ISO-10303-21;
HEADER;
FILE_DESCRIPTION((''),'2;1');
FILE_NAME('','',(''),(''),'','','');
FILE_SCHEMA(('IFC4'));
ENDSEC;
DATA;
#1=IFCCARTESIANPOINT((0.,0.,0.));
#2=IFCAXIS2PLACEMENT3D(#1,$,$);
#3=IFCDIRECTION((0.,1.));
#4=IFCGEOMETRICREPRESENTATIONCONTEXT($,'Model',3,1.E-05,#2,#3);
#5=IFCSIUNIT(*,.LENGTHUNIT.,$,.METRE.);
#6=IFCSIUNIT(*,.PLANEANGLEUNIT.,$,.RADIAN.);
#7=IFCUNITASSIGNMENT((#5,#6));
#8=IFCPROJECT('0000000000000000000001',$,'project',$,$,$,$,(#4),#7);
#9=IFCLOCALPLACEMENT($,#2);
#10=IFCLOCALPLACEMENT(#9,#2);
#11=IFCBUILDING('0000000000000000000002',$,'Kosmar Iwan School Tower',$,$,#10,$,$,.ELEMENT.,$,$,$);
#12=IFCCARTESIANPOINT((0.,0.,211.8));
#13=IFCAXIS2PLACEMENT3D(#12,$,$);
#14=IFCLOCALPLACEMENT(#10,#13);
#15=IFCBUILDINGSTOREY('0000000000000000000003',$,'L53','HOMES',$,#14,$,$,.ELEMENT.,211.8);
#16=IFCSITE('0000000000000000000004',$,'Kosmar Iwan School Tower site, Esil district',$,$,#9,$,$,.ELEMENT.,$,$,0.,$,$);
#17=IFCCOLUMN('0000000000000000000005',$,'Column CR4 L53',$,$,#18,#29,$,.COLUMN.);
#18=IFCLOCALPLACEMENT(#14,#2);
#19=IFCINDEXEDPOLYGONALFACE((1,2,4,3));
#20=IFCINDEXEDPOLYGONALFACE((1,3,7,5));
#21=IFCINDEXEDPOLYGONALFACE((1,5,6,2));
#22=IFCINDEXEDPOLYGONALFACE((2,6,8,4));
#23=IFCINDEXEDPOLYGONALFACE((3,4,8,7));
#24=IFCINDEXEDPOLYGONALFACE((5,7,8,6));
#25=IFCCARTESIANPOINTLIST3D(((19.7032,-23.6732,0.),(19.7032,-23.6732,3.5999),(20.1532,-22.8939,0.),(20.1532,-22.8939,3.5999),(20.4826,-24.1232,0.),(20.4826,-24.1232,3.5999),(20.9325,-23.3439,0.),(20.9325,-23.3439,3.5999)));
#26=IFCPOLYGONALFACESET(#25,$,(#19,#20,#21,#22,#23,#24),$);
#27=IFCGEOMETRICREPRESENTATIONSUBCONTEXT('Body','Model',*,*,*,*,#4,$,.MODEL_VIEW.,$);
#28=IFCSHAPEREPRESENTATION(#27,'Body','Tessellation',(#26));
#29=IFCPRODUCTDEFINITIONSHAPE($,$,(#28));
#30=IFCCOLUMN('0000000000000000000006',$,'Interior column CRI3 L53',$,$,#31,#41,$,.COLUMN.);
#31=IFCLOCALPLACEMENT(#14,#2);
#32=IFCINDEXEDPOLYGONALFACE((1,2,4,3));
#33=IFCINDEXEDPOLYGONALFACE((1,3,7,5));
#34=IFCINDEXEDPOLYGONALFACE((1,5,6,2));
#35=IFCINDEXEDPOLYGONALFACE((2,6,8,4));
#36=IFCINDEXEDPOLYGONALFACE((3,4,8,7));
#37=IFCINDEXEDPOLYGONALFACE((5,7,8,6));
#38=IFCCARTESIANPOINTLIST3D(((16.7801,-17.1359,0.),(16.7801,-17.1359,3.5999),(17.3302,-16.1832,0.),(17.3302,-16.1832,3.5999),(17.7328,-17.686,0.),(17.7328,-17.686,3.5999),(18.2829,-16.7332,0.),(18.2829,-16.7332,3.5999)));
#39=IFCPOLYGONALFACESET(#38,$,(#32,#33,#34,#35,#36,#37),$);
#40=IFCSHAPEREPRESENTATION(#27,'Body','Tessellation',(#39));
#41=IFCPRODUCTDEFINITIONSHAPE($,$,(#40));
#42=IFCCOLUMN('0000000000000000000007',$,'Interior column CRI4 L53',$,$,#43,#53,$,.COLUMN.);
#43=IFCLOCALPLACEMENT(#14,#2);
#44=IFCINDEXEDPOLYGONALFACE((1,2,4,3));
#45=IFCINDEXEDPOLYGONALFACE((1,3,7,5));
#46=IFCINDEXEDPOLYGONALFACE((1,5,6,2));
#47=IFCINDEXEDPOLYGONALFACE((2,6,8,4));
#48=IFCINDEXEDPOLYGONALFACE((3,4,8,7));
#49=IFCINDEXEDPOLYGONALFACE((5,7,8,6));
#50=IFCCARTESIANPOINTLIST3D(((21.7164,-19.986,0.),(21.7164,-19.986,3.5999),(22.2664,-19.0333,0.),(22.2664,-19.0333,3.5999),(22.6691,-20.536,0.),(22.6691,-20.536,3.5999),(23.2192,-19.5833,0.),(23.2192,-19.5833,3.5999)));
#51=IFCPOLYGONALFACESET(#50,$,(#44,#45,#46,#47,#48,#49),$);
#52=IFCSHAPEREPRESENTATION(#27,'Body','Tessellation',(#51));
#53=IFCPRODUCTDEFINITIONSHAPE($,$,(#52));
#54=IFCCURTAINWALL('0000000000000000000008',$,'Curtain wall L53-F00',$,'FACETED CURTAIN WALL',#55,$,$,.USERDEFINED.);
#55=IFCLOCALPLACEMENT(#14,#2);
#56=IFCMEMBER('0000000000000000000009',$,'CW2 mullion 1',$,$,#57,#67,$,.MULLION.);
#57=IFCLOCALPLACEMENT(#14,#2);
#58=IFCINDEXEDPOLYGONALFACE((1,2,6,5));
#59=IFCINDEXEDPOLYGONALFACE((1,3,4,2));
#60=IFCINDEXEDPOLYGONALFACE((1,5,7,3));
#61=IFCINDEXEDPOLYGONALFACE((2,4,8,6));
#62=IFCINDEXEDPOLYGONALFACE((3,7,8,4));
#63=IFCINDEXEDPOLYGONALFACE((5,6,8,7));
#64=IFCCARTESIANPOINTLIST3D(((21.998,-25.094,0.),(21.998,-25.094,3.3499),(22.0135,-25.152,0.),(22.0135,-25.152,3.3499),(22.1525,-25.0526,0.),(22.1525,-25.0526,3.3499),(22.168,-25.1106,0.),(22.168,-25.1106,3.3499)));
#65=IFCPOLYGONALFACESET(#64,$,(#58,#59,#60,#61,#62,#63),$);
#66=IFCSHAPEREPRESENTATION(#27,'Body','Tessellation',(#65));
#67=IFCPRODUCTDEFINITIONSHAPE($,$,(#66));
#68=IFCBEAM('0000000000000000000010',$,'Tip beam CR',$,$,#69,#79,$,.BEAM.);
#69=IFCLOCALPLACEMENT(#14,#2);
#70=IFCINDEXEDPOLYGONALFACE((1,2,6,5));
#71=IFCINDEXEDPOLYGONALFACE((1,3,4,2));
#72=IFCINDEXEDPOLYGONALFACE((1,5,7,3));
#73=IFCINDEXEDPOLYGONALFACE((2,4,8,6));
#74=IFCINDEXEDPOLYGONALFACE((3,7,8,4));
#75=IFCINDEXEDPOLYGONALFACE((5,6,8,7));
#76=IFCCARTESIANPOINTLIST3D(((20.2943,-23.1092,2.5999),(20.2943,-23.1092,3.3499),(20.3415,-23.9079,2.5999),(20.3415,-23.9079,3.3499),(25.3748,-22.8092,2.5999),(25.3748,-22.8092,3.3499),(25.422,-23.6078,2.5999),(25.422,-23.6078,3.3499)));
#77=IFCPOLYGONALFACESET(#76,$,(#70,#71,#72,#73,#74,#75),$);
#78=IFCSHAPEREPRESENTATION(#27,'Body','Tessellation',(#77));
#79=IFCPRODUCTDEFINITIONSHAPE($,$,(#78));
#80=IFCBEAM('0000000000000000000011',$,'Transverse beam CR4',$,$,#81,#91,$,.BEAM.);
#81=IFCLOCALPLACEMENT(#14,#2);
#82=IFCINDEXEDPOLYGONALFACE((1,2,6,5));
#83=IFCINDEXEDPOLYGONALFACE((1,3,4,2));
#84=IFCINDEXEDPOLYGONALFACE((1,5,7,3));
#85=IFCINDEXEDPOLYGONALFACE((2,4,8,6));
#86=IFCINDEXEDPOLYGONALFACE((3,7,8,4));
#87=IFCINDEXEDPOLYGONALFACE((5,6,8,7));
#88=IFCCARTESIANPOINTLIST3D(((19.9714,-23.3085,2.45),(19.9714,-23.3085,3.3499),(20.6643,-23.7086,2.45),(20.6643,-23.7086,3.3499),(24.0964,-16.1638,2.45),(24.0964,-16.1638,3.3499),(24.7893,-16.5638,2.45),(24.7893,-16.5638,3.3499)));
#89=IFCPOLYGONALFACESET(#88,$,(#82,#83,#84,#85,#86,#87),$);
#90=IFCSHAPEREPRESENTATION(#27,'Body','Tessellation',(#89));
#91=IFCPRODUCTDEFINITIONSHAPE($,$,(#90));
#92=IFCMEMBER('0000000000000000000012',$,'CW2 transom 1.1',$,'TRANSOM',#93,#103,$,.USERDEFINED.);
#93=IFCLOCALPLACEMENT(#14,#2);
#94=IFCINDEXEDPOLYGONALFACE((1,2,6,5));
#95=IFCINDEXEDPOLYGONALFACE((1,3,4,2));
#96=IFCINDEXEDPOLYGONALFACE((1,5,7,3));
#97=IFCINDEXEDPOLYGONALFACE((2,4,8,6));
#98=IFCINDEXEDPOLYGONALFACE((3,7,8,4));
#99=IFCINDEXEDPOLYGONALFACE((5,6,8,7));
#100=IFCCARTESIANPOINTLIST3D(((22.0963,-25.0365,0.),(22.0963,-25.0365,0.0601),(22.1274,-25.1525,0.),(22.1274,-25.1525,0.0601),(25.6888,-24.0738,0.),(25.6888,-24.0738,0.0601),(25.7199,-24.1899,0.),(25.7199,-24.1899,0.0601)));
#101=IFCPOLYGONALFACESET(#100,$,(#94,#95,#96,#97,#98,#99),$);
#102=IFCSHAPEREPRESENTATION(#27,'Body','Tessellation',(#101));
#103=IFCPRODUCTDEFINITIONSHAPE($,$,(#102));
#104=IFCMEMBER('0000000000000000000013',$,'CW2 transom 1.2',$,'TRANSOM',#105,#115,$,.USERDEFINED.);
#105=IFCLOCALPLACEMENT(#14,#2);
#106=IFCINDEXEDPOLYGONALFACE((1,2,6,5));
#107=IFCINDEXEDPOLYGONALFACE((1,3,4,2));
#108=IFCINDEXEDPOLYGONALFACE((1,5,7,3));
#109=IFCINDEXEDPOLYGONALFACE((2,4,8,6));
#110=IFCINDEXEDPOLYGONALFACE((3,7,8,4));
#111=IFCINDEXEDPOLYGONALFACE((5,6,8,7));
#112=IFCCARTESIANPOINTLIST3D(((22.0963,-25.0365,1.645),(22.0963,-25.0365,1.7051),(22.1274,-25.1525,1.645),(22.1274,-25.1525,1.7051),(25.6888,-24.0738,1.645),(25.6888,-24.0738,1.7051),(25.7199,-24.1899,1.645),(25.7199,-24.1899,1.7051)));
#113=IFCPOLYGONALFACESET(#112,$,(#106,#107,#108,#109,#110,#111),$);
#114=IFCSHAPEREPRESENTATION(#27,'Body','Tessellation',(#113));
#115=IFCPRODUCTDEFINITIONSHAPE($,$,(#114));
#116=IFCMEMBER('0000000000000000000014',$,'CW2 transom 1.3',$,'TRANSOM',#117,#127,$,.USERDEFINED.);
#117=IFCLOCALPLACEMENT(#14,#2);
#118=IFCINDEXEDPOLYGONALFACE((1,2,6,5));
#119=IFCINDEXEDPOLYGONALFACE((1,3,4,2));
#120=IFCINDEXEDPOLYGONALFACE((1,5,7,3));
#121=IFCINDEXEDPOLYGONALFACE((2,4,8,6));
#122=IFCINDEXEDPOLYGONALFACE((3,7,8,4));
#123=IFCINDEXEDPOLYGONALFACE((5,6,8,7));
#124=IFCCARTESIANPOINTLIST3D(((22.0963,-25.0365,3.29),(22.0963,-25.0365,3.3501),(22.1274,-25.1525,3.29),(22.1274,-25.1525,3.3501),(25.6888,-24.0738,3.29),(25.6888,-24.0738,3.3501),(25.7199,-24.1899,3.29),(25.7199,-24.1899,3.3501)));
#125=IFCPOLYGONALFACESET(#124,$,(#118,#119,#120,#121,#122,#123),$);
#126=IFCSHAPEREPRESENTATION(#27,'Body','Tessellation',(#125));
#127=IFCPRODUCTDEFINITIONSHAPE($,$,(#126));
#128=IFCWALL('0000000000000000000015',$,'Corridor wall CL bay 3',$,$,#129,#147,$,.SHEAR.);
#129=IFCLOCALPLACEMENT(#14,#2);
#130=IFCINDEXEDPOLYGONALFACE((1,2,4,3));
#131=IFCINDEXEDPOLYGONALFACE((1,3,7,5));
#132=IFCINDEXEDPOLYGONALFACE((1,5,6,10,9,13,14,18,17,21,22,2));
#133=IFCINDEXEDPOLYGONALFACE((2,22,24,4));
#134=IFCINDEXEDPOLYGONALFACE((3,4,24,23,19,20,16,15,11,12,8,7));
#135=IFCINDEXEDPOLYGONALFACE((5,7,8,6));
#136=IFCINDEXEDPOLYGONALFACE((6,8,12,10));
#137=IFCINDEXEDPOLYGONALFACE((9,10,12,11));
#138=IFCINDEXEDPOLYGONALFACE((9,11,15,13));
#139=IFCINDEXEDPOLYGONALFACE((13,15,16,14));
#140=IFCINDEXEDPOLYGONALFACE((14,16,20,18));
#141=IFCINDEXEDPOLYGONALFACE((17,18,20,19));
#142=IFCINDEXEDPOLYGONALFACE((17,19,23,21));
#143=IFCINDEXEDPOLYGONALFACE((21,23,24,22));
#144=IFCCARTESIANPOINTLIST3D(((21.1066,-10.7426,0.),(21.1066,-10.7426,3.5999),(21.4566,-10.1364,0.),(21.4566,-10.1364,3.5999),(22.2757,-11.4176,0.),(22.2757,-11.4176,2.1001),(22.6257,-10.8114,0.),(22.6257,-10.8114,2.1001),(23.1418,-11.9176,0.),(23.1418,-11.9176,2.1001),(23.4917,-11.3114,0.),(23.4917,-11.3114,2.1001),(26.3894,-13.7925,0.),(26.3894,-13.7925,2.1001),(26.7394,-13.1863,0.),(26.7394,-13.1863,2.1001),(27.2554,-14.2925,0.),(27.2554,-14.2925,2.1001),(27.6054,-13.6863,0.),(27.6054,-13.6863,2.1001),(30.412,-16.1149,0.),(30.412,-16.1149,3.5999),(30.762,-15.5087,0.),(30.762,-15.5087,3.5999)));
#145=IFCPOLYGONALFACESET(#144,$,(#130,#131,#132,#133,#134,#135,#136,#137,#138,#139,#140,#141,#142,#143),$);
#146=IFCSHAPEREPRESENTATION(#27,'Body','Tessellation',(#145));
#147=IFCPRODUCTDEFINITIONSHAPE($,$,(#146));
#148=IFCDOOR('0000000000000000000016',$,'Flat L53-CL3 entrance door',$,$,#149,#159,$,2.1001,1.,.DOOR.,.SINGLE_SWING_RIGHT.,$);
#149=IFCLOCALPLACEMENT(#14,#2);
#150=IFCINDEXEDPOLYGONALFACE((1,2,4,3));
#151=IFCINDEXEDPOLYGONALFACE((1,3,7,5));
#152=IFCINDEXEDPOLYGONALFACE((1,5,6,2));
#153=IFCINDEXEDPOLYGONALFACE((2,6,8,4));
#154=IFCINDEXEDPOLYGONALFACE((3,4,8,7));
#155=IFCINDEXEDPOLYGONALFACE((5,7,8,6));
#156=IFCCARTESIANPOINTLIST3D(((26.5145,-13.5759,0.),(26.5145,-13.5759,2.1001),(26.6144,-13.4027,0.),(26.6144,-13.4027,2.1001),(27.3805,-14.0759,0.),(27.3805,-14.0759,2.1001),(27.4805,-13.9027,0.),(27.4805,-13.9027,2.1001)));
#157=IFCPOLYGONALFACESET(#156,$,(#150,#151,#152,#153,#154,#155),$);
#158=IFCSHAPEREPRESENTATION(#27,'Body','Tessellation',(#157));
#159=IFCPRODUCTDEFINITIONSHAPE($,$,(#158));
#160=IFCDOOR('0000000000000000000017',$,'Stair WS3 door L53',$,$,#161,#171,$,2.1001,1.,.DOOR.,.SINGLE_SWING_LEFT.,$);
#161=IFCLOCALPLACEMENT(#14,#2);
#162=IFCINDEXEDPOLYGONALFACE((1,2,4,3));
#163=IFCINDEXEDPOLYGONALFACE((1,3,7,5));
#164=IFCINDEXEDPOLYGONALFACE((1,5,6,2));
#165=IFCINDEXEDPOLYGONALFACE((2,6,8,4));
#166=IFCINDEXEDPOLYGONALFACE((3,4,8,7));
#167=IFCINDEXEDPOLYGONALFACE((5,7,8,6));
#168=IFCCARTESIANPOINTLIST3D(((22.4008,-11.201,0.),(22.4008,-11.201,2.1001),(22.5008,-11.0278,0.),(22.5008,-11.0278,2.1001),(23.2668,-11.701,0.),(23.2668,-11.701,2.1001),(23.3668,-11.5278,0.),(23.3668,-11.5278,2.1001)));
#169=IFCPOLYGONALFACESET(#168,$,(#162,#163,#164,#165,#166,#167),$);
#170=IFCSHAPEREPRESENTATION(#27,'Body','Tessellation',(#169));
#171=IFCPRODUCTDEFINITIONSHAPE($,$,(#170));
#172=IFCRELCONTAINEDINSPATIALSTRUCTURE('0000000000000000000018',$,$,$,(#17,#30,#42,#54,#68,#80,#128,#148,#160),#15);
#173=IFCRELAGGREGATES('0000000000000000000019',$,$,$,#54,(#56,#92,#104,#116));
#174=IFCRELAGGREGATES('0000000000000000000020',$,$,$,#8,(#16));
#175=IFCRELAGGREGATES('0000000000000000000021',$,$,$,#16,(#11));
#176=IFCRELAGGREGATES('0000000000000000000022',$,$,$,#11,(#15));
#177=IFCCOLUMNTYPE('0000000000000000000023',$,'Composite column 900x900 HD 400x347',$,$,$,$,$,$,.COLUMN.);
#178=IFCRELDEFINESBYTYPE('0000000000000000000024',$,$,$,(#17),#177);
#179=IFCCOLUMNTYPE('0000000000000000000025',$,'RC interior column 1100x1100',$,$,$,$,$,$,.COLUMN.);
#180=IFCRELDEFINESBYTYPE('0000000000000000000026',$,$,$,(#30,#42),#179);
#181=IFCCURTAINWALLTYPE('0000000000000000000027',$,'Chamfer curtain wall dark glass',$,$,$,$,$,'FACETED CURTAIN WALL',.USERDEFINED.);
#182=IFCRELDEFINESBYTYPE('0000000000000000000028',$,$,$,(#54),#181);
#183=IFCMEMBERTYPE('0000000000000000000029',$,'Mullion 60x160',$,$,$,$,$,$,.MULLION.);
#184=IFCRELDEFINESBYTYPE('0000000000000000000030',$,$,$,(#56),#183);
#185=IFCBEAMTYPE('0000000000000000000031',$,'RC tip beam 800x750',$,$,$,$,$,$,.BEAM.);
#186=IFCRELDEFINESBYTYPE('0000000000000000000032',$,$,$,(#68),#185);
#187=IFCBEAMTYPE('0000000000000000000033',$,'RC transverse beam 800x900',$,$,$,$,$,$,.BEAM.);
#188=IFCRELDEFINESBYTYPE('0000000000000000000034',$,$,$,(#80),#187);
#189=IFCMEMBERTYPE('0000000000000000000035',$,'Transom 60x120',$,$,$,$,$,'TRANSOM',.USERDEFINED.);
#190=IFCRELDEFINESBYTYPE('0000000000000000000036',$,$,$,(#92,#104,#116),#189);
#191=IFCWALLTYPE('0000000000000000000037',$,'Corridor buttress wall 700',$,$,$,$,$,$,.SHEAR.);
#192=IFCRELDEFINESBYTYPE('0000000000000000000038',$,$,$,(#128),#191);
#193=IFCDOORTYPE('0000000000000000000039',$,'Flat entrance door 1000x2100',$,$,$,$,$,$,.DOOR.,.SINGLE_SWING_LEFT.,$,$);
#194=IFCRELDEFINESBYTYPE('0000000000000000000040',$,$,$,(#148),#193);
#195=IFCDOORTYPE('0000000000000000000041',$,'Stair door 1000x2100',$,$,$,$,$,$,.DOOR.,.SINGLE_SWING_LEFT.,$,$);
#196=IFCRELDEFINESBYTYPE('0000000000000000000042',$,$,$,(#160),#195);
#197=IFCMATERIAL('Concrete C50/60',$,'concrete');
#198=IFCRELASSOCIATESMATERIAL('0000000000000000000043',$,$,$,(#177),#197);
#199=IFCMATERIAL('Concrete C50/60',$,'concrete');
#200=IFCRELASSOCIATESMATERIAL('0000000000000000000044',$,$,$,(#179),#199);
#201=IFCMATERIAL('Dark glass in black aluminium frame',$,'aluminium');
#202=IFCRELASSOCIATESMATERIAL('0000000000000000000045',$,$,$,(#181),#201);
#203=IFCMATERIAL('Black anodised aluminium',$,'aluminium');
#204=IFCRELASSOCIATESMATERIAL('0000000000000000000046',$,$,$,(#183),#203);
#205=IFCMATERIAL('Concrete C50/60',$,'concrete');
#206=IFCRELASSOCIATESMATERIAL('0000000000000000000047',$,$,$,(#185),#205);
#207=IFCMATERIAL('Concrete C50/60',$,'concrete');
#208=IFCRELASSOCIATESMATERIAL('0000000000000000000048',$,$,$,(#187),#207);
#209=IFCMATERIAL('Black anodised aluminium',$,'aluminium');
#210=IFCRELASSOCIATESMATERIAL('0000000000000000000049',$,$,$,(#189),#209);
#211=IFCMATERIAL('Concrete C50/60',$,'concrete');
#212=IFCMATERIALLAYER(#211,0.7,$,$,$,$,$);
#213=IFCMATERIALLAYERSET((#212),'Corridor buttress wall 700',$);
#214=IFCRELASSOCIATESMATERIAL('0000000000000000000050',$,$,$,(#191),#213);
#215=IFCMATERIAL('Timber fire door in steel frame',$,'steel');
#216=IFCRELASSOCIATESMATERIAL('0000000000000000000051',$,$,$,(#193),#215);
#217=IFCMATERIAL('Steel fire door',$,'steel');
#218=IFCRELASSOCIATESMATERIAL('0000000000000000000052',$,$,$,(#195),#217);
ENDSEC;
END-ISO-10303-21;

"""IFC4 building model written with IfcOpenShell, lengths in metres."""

from ifc_helpers import new_model, si_unit, direction, frame, frame_2d, origin, origin_2d, place, context, subcontext, project, spatial, rectangle, extrude, material, layer, layer_set, material_profile, profile_set, type_object, element, fill, aggregate, save


model = new_model("IFC4")

# Units and contexts
model_context = context("Model", 3, precision=1e-05, world=origin(), true_north=direction((0.0, 1.0)))
body_context = subcontext(model_context, "Body", "Model", "MODEL_VIEW")
ifc_project = project(units=[si_unit("LENGTHUNIT", "METRE"), si_unit("PLANEANGLEUNIT", "RADIAN")], contexts=[model_context])

# Site, building, storey
site_placement = place(None, origin())
site = spatial("IfcSite", under=ifc_project, at=site_placement, Name="Kosmar Iwan School Tower site, Esil district", CompositionType="ELEMENT", RefElevation=0.0)
building_placement = place(site_placement, origin())
building = spatial("IfcBuilding", under=site, at=building_placement, Name="Kosmar Iwan School Tower", CompositionType="ELEMENT")
storey_placement = place(building_placement, frame((0.0, 0.0, 211.8)))
storey = spatial("IfcBuildingStorey", under=building, at=storey_placement, Name="L53", Description="HOMES", CompositionType="ELEMENT", Elevation=211.8)

# Columns
ifc_material_1 = material(Name="Concrete C50/60", Category="concrete")
ifc_material_profile_1 = material_profile(ifc_material_1, rectangle(XDim=0.8999, YDim=0.8999, at=origin_2d()), Name="RC 900x900 + HD 400x347")
ifc_profile_set_1 = profile_set([ifc_material_profile_1], Name="Concrete C50/60")
column_type_1 = type_object("IfcColumnType", Name="Composite column 900x900 HD 400x347", PredefinedType="COLUMN", material=ifc_profile_set_1)
column_placement = place(storey_placement, frame((20.3179, -23.5085, 0.0), z_axis=(0.0, 0.0, 1.0), x_axis=(0.866025, -0.5, 0.0)))
element("IfcColumn", 1, at=column_placement, inside=storey, type_object=column_type_1, Name="Column CR4 L53", PredefinedType="COLUMN", context=body_context, shape_type="SweptSolid", body=[
    extrude(rectangle(XDim=0.8999, YDim=0.8999, at=origin_2d()), origin(), (0.0, 0.0, 1.0), 3.5999),
])
ifc_material_2 = material(Name="Concrete C50/60", Category="concrete")
ifc_material_profile_2 = material_profile(ifc_material_2, rectangle(XDim=1.1001, YDim=1.1001, at=origin_2d()), Name="RC 1100x1100")
ifc_profile_set_2 = profile_set([ifc_material_profile_2], Name="Concrete C50/60")
column_type_2 = type_object("IfcColumnType", Name="RC interior column 1100x1100", PredefinedType="COLUMN", material=ifc_profile_set_2)
for number, where, z_axis, x_axis, name in (
    (2, (17.5315, -16.9346, 0.0), (0.0, 0.0, 1.0), (0.866025, -0.5, 0.0), "Interior column CRI3 L53"),
    (3, (22.4678, -19.7847, 0.0), (0.0, 0.0, 1.0), (0.866025, -0.5, 0.0), "Interior column CRI4 L53"),
):
    element("IfcColumn", number, at=place(storey_placement, frame(where, z_axis=z_axis, x_axis=x_axis)), inside=storey, type_object=column_type_2, Name=name, PredefinedType="COLUMN", context=body_context, shape_type="SweptSolid", body=[
        extrude(rectangle(XDim=1.1001, YDim=1.1001, at=origin_2d()), origin(), (0.0, 0.0, 1.0), 3.5999),
    ])

# Curtain wall, member
ifc_material_3 = material(Name="Dark glass in black aluminium frame", Category="aluminium")
curtain_wall_type = type_object("IfcCurtainWallType", Name="Chamfer curtain wall dark glass", ElementType="FACETED CURTAIN WALL", PredefinedType="USERDEFINED", material=ifc_material_3)
curtain_wall_placement = place(storey_placement, origin())
curtain_wall = element("IfcCurtainWall", 4, at=curtain_wall_placement, inside=storey, type_object=curtain_wall_type, Name="Curtain wall L53-F00", ObjectType="FACETED CURTAIN WALL", PredefinedType="USERDEFINED")
ifc_material_4 = material(Name="Black anodised aluminium", Category="aluminium")
ifc_material_profile_3 = material_profile(ifc_material_4, rectangle(XDim=0.0601, YDim=0.1599, at=origin_2d()), Name="MULLION 60x160")
ifc_profile_set_3 = profile_set([ifc_material_profile_3], Name="Black anodised aluminium")
member_type_1 = type_object("IfcMemberType", Name="Mullion 60x160", PredefinedType="MULLION", material=ifc_profile_set_3)
member_1_placement = place(storey_placement, frame((22.083, -25.1023, 0.0), z_axis=(0.0, 0.0, 1.0), x_axis=(-0.258819, 0.965926, 0.0)))
member_1 = element("IfcMember", 5, at=member_1_placement, type_object=member_type_1, Name="CW2 mullion 1", PredefinedType="MULLION", context=body_context, shape_type="SweptSolid", body=[
    extrude(rectangle(XDim=0.0601, YDim=0.1599, at=origin_2d()), origin(), (0.0, 0.0, 1.0), 3.3499),
])

# Beams
ifc_material_5 = material(Name="Concrete C50/60", Category="concrete")
ifc_material_profile_4 = material_profile(ifc_material_5, rectangle(XDim=0.8, YDim=0.75, at=origin_2d()), Name="RC 800x750")
ifc_profile_set_4 = profile_set([ifc_material_profile_4], Name="Concrete C50/60")
beam_type_1 = type_object("IfcBeamType", Name="RC tip beam 800x750", PredefinedType="BEAM", material=ifc_profile_set_4)
beam_1_placement = place(storey_placement, frame((20.3179, -23.5085, 2.9749), z_axis=(0.998261, 0.058955, 0.0), x_axis=(-0.058955, 0.998261, 0.0)))
element("IfcBeam", 6, at=beam_1_placement, inside=storey, type_object=beam_type_1, Name="Tip beam CR", PredefinedType="BEAM", context=body_context, shape_type="SweptSolid", body=[
    extrude(rectangle(XDim=0.8, YDim=0.75, at=origin_2d()), origin(), (0.0, 0.0, 1.0), 5.0894),
])
ifc_material_6 = material(Name="Concrete C50/60", Category="concrete")
ifc_material_profile_5 = material_profile(ifc_material_6, rectangle(XDim=0.8, YDim=0.8999, at=origin_2d()), Name="RC 800x900")
ifc_profile_set_5 = profile_set([ifc_material_profile_5], Name="Concrete C50/60")
beam_type_2 = type_object("IfcBeamType", Name="RC transverse beam 800x900", PredefinedType="BEAM", material=ifc_profile_set_5)
beam_2_placement = place(storey_placement, frame((20.3179, -23.5085, 2.8999), z_axis=(0.499997, 0.866027, 0.0), x_axis=(-0.866027, 0.499997, 0.0)))
element("IfcBeam", 7, at=beam_2_placement, inside=storey, type_object=beam_type_2, Name="Transverse beam CR4", PredefinedType="BEAM", context=body_context, shape_type="SweptSolid", body=[
    extrude(rectangle(XDim=0.8, YDim=0.8999, at=origin_2d()), origin(), (0.0, 0.0, 1.0), 8.25),
])

# Members
ifc_material_7 = material(Name="Black anodised aluminium", Category="aluminium")
ifc_material_profile_6 = material_profile(ifc_material_7, rectangle(XDim=0.1201, YDim=0.0601, at=origin_2d()), Name="TRANSOM 60x120")
ifc_profile_set_6 = profile_set([ifc_material_profile_6], Name="Black anodised aluminium")
member_type_2 = type_object("IfcMemberType", Name="Transom 60x120", ElementType="TRANSOM", PredefinedType="USERDEFINED", material=ifc_profile_set_6)
member_2_placement = place(storey_placement, frame((22.1118, -25.0945, 0.03), z_axis=(0.965924, 0.258827, 0.0), x_axis=(-0.258827, 0.965924, 0.0)))
member_2 = element("IfcMember", 8, at=member_2_placement, type_object=member_type_2, Name="CW2 transom 1.1", ObjectType="TRANSOM", PredefinedType="USERDEFINED", context=body_context, shape_type="SweptSolid", body=[
    extrude(rectangle(XDim=0.1201, YDim=0.0601, at=origin_2d()), origin(), (0.0, 0.0, 1.0), 3.7192),
])
member_3_placement = place(storey_placement, frame((22.1118, -25.0945, 1.675), z_axis=(0.965924, 0.258827, 0.0), x_axis=(-0.258827, 0.965924, 0.0)))
member_3 = element("IfcMember", 9, at=member_3_placement, type_object=member_type_2, Name="CW2 transom 1.2", ObjectType="TRANSOM", PredefinedType="USERDEFINED", context=body_context, shape_type="SweptSolid", body=[
    extrude(rectangle(XDim=0.1201, YDim=0.0601, at=origin_2d()), origin(), (0.0, 0.0, 1.0), 3.7192),
])
member_4_placement = place(storey_placement, frame((22.1118, -25.0945, 3.3201), z_axis=(0.965924, 0.258827, 0.0), x_axis=(-0.258827, 0.965924, 0.0)))
member_4 = element("IfcMember", 10, at=member_4_placement, type_object=member_type_2, Name="CW2 transom 1.3", ObjectType="TRANSOM", PredefinedType="USERDEFINED", context=body_context, shape_type="SweptSolid", body=[
    extrude(rectangle(XDim=0.1201, YDim=0.0601, at=origin_2d()), origin(), (0.0, 0.0, 1.0), 3.7192),
])
aggregate(curtain_wall, [member_1, member_2, member_3, member_4])

# Wall, openings, doors
ifc_material_8 = material(Name="Concrete C50/60", Category="concrete")
ifc_layer_1 = layer(ifc_material_8, 0.7)
ifc_layer_set_1 = layer_set([ifc_layer_1], Name="Corridor buttress wall 700")
wall_type_1 = type_object("IfcWallType", Name="Corridor buttress wall 700", PredefinedType="SHEAR", material=ifc_layer_set_1)
wall_1_placement = place(storey_placement, frame((21.2815, -10.4395, 0.0), z_axis=(0.0, 0.0, 1.0), x_axis=(0.866032, -0.499988, 0.0)))
wall_1 = element("IfcWall", 11, at=wall_1_placement, inside=storey, type_object=wall_type_1, Name="Corridor wall CL bay 3", PredefinedType="SHEAR", context=body_context, shape_type="SweptSolid", body=[
    extrude(rectangle(XDim=10.7449, YDim=0.7, at=frame_2d((5.3726, 0.0))), origin(), (0.0, 0.0, 1.0), 3.5999),
])
opening_1_placement = place(wall_1_placement, frame((6.1001, 0.0, 0.0)))
opening_1 = element("IfcOpeningElement", 12, at=opening_1_placement, cuts=wall_1, PredefinedType="OPENING", context=body_context, shape_type="SweptSolid", body=[
    extrude(rectangle(XDim=1.0, YDim=2.1001, at=frame_2d((0.5, 1.05))), frame((0.0, 0.3621, 0.0), z_axis=(0.0, -1.0, 0.0), x_axis=(1.0, 0.0, 0.0)), (0.0, 0.0, 1.0), 0.7239),
])
opening_2_placement = place(wall_1_placement, frame((1.3501, 0.0, 0.0)))
opening_2 = element("IfcOpeningElement", 13, at=opening_2_placement, cuts=wall_1, PredefinedType="OPENING", context=body_context, shape_type="SweptSolid", body=[
    extrude(rectangle(XDim=1.0, YDim=2.1001, at=frame_2d((0.5, 1.05))), frame((0.0, 0.3621, 0.0), z_axis=(0.0, -1.0, 0.0), x_axis=(1.0, 0.0, 0.0)), (0.0, 0.0, 1.0), 0.7239),
])
ifc_material_9 = material(Name="Timber fire door in steel frame", Category="steel")
door_type_1 = type_object("IfcDoorType", Name="Flat entrance door 1000x2100", OperationType="SINGLE_SWING_LEFT", PredefinedType="DOOR", material=ifc_material_9)
door_1_placement = place(opening_1_placement, origin())
door_1 = element("IfcDoor", 14, at=door_1_placement, inside=storey, type_object=door_type_1, Name="Flat L53-CL3 entrance door", OperationType="SINGLE_SWING_RIGHT", OverallHeight=2.1001, OverallWidth=1.0, PredefinedType="DOOR", context=body_context, shape_type="SweptSolid", body=[
    extrude(rectangle(XDim=1.0, YDim=2.1001, at=frame_2d((0.5, 1.05))), frame((0.0, 0.1001, 0.0), z_axis=(0.0, -1.0, 0.0), x_axis=(1.0, 0.0, 0.0)), (0.0, 0.0, 1.0), 0.2),
])
fill(opening_1, door_1)
ifc_material_10 = material(Name="Steel fire door", Category="steel")
door_type_2 = type_object("IfcDoorType", Name="Stair door 1000x2100", OperationType="SINGLE_SWING_LEFT", PredefinedType="DOOR", material=ifc_material_10)
door_2_placement = place(opening_2_placement, origin())
door_2 = element("IfcDoor", 15, at=door_2_placement, inside=storey, type_object=door_type_2, Name="Stair WS3 door L53", OperationType="SINGLE_SWING_LEFT", OverallHeight=2.1001, OverallWidth=1.0, PredefinedType="DOOR", context=body_context, shape_type="SweptSolid", body=[
    extrude(rectangle(XDim=1.0, YDim=2.1001, at=frame_2d((0.5, 1.05))), frame((0.0, 0.1001, 0.0), z_axis=(0.0, -1.0, 0.0), x_axis=(1.0, 0.0, 0.0)), (0.0, 0.0, 1.0), 0.2),
])
fill(opening_2, door_2)

save(model, "model.ifc")
